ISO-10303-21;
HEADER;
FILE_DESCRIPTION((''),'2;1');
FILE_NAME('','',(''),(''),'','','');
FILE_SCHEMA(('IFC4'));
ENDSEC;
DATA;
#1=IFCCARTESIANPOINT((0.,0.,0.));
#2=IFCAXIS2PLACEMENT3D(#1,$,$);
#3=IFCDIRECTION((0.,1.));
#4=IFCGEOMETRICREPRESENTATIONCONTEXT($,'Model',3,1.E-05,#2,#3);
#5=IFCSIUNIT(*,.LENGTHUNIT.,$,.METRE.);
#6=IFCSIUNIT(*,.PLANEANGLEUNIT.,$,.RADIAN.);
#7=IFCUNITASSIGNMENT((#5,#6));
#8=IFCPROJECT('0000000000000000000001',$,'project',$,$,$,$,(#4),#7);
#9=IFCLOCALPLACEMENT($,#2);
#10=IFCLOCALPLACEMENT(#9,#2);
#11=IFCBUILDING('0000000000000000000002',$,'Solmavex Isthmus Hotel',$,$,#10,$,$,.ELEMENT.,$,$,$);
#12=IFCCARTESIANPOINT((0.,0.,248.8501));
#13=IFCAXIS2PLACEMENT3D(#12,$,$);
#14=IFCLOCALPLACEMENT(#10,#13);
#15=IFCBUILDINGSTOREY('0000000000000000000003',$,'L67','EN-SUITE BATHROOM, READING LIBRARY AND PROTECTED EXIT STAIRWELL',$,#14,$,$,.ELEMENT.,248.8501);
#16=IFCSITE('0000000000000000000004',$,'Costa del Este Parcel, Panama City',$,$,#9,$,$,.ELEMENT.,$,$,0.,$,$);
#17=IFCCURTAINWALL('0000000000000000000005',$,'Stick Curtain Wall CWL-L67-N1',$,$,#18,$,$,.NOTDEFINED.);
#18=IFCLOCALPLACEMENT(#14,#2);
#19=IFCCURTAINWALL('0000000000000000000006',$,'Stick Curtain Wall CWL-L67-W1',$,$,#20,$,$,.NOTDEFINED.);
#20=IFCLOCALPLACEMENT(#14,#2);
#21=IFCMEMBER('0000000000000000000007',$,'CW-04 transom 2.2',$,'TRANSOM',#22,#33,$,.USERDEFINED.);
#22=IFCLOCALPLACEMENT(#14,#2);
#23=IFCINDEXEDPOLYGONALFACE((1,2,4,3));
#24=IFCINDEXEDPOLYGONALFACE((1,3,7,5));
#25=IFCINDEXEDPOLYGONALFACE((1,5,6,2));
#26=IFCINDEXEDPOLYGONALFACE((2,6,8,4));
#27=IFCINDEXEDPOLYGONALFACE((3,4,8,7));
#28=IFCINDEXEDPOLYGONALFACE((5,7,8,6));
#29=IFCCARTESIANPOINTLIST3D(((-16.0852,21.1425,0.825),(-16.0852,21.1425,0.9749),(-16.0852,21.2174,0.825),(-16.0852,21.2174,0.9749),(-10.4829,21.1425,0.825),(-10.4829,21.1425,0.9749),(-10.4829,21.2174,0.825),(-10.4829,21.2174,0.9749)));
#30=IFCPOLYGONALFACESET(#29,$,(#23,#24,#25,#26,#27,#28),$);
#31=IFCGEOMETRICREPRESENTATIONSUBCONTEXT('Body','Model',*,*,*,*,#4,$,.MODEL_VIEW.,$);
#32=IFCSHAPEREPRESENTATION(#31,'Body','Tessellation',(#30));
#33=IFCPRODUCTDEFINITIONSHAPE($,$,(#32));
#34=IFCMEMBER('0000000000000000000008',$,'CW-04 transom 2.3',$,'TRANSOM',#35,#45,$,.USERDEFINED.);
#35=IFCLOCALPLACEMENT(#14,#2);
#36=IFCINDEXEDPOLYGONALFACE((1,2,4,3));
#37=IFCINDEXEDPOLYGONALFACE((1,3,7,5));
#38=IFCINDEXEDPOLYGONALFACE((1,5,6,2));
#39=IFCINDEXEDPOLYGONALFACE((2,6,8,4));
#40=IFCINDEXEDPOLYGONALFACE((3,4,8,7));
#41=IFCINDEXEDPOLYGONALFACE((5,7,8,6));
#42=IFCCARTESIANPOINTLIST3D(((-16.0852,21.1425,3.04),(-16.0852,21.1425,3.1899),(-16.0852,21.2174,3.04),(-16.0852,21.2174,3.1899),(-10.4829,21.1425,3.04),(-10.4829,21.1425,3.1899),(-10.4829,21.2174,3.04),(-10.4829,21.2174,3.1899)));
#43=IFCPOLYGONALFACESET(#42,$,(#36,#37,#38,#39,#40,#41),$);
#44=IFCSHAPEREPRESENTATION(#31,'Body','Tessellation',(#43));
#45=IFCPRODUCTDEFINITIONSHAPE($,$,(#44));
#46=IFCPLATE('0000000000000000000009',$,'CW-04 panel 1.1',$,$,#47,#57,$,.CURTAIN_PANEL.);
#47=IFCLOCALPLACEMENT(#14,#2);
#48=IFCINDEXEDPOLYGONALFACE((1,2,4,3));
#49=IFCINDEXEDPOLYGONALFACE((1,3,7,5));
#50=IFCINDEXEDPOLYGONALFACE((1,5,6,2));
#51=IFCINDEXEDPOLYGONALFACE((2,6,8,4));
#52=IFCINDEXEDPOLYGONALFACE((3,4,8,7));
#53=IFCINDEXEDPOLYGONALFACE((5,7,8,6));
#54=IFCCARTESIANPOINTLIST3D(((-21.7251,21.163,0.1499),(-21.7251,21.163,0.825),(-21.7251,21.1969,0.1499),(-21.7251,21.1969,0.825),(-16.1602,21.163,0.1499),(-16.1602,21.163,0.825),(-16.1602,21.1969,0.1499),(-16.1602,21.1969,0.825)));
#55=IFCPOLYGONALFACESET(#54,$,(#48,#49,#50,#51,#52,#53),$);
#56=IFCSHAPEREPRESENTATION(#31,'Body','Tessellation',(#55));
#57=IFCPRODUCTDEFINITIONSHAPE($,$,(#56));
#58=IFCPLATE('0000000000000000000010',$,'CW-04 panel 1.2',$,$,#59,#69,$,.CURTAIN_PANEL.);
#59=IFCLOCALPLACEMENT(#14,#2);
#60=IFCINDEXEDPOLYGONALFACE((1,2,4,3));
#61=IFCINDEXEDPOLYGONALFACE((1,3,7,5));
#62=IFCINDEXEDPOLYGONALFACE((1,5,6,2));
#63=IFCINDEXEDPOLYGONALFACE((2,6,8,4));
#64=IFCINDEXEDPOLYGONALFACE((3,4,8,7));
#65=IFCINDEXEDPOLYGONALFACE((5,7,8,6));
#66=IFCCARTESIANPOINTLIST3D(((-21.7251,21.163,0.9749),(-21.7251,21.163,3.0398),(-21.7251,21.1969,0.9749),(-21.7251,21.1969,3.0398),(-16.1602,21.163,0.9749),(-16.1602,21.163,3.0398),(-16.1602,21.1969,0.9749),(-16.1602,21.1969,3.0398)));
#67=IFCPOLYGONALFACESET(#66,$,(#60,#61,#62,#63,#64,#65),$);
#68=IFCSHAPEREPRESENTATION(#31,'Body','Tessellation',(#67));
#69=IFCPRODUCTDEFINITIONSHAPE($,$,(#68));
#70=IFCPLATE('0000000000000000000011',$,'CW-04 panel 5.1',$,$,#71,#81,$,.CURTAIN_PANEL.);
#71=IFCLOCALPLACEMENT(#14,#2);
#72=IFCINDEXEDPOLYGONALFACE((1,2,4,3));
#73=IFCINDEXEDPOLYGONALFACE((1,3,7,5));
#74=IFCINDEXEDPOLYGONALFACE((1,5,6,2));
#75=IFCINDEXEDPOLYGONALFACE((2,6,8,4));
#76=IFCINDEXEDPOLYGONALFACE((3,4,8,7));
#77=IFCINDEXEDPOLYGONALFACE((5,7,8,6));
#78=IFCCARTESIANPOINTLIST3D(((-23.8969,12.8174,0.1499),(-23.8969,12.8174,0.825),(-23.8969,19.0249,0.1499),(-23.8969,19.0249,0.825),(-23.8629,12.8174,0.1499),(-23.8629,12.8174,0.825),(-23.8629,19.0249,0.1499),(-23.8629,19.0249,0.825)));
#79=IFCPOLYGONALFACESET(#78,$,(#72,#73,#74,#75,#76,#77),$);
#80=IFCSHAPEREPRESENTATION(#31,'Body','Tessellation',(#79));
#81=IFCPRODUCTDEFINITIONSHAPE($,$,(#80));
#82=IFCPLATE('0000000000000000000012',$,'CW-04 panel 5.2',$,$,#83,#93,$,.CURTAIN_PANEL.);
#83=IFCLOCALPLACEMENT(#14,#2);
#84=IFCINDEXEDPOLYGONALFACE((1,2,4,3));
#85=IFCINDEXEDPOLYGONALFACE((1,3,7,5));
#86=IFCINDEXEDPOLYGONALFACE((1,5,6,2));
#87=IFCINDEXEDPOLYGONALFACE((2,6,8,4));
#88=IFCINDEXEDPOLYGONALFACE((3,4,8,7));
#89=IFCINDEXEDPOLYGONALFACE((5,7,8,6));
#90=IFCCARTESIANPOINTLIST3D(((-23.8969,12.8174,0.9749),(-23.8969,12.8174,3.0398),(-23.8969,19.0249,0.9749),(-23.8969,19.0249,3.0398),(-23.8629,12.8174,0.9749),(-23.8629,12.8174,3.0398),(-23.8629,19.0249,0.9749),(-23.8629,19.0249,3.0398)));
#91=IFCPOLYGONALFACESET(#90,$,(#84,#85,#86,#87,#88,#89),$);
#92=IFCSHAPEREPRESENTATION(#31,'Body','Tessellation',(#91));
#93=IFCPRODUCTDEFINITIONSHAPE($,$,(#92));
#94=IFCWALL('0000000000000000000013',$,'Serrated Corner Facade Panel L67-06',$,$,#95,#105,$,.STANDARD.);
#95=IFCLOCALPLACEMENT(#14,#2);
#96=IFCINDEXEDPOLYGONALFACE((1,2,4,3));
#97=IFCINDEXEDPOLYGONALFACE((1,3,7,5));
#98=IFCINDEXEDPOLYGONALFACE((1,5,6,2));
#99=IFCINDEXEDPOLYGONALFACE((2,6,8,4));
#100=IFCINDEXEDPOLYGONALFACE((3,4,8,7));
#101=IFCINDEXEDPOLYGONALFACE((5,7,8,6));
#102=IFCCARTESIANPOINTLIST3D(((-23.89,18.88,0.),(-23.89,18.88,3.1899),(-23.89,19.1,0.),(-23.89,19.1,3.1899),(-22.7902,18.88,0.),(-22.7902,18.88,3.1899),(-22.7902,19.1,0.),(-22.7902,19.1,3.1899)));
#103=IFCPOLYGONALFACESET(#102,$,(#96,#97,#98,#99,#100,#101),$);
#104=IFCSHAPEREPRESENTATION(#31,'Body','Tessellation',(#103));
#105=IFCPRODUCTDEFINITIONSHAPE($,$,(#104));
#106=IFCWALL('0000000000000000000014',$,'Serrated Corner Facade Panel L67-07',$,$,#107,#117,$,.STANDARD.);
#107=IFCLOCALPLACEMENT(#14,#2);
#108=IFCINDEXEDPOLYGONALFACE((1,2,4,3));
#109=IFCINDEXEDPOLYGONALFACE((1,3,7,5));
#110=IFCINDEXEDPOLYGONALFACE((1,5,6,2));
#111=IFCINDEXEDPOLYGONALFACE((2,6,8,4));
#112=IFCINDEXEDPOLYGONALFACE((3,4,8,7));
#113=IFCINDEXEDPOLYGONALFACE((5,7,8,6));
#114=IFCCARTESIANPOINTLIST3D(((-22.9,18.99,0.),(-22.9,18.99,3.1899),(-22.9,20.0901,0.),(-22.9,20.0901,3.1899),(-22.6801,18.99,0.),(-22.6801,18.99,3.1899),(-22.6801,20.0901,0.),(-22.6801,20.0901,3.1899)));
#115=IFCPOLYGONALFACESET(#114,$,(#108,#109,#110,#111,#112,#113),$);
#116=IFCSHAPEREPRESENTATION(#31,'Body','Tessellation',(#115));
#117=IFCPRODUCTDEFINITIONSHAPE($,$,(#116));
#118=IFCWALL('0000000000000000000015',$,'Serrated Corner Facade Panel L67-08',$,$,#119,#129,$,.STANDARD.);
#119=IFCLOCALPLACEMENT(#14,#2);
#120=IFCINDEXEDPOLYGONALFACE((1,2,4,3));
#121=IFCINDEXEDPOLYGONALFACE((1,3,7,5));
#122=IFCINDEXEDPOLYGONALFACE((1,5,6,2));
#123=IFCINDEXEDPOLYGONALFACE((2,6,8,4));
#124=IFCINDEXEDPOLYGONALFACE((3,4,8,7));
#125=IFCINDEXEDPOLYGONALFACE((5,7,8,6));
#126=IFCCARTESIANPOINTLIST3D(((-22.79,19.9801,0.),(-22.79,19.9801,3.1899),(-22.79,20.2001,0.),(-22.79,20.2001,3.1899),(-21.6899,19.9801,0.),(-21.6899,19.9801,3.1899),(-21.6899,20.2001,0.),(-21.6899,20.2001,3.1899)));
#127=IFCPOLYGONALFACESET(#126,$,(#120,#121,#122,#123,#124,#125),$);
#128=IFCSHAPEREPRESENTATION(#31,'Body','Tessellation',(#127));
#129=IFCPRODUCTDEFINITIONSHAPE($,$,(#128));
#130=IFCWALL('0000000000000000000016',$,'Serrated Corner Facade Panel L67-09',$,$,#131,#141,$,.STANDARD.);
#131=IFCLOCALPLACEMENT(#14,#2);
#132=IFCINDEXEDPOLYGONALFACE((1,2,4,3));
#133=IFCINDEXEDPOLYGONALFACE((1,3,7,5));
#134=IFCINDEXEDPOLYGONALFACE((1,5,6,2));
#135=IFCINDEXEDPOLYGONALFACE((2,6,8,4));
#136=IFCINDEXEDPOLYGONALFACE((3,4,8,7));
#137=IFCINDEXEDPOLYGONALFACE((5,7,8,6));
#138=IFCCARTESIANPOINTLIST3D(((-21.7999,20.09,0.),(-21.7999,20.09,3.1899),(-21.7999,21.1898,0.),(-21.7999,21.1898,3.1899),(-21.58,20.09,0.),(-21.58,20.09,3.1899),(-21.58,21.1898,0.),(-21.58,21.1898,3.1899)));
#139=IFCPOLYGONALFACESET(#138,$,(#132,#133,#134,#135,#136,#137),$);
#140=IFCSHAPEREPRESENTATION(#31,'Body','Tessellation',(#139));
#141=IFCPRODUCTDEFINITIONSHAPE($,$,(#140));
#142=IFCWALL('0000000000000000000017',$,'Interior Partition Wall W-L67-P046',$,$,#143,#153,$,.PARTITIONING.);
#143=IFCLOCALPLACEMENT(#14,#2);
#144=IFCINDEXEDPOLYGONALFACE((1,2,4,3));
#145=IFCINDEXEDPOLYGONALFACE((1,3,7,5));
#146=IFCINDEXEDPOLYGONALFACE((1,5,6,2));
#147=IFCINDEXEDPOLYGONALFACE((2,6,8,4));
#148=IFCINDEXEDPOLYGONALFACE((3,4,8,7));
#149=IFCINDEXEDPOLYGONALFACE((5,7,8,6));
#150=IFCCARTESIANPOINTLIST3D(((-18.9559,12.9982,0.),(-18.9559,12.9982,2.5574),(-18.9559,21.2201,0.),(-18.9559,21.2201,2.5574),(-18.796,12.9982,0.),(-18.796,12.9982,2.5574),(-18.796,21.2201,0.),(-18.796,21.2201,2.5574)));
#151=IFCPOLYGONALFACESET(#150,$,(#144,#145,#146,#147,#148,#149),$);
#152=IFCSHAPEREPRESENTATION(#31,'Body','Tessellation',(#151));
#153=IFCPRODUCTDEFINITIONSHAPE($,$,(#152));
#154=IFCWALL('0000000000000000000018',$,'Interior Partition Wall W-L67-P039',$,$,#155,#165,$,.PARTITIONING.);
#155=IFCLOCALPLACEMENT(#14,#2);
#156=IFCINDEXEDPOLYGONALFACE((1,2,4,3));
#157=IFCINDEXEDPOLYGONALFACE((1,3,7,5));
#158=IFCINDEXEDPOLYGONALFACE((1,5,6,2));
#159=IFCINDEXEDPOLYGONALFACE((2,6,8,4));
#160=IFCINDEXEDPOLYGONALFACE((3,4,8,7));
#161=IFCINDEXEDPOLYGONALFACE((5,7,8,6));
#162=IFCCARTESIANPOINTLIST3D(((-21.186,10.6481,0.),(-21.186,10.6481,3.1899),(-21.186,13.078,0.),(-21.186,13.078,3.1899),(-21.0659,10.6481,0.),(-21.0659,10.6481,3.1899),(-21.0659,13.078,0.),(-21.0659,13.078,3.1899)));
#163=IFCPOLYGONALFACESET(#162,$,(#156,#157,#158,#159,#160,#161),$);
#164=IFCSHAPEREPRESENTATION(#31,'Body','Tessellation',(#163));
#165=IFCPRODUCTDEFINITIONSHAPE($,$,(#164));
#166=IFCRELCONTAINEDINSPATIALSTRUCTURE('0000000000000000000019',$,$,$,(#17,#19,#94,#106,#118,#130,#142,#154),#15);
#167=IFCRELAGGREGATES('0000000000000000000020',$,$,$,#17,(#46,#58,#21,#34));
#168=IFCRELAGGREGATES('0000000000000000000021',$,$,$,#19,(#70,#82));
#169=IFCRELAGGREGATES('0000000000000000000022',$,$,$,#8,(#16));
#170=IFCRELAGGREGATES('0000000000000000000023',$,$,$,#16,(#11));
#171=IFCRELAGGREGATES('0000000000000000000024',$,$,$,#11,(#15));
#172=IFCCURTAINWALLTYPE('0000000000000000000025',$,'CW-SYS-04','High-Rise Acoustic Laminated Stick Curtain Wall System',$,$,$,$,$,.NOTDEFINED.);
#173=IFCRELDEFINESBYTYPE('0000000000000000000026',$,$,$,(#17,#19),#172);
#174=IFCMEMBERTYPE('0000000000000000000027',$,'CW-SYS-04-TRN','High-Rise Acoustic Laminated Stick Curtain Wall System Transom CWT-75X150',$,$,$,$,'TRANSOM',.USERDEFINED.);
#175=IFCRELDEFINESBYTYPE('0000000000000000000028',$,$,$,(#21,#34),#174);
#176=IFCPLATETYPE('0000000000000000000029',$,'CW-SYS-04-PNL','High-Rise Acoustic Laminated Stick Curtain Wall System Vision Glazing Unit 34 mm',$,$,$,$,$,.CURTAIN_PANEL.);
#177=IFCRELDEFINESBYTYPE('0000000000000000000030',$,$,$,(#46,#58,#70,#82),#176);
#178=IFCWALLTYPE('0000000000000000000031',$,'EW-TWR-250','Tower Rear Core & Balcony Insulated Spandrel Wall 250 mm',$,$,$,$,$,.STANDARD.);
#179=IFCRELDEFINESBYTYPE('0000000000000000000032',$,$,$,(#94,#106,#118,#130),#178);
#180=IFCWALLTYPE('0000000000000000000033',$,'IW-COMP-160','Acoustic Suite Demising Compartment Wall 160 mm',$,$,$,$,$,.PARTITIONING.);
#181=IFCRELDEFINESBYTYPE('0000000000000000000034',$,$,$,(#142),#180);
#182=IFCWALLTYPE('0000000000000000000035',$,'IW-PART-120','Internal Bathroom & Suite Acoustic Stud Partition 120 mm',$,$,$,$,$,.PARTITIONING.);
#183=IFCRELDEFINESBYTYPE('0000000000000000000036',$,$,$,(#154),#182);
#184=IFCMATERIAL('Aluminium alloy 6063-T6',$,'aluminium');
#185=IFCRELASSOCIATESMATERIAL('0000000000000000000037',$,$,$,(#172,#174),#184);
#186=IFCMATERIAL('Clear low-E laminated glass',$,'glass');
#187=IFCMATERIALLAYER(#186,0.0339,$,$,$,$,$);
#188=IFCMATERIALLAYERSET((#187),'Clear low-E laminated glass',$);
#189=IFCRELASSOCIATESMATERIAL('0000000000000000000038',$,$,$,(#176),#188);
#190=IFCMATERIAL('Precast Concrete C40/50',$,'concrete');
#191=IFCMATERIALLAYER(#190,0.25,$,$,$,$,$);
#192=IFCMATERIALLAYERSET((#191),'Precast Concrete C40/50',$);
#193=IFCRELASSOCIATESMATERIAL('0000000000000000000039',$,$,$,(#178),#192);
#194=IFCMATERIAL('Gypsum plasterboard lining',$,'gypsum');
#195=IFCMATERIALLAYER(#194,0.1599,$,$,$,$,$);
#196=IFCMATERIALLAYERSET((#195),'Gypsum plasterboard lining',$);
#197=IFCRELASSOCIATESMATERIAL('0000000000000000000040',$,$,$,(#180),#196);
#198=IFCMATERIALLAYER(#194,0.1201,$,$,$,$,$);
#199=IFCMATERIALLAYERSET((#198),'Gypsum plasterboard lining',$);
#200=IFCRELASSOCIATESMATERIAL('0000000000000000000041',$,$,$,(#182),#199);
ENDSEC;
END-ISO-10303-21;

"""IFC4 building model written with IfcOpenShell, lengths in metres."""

from ifc_helpers import new_model, si_unit, direction, frame, frame_2d, origin, origin_2d, place, context, subcontext, project, spatial, rectangle, extrude, material, layer, layer_set, material_profile, profile_set, type_object, element, aggregate, save


model = new_model("IFC4")

# Units and contexts
model_context = context("Model", 3, precision=1e-05, world=origin(), true_north=direction((0.0, 1.0)))
body_context = subcontext(model_context, "Body", "Model", "MODEL_VIEW")
ifc_project = project(units=[si_unit("LENGTHUNIT", "METRE"), si_unit("PLANEANGLEUNIT", "RADIAN")], contexts=[model_context])

# Site, building, storey
site_placement = place(None, origin())
site = spatial("IfcSite", under=ifc_project, at=site_placement, Name="Costa del Este Parcel, Panama City", CompositionType="ELEMENT", RefElevation=0.0)
building_placement = place(site_placement, origin())
building = spatial("IfcBuilding", under=site, at=building_placement, Name="Solmavex Isthmus Hotel", CompositionType="ELEMENT")
storey_placement = place(building_placement, frame((0.0, 0.0, 248.8501)))
storey = spatial("IfcBuildingStorey", under=building, at=storey_placement, Name="L67", Description="EN-SUITE BATHROOM, READING LIBRARY AND PROTECTED EXIT STAIRWELL", CompositionType="ELEMENT", Elevation=248.8501)

# Curtain wall
ifc_material_1 = material(Name="Aluminium alloy 6063-T6", Category="aluminium")
curtain_wall_type = type_object("IfcCurtainWallType", Name="CW-SYS-04", Description="High-Rise Acoustic Laminated Stick Curtain Wall System", PredefinedType="NOTDEFINED", material=ifc_material_1)
curtain_wall_1_placement = place(storey_placement, origin())
curtain_wall_1 = element("IfcCurtainWall", 1, at=curtain_wall_1_placement, inside=storey, type_object=curtain_wall_type, Name="Stick Curtain Wall CWL-L67-N1", PredefinedType="NOTDEFINED")

# Curtain wall
curtain_wall_2_placement = place(storey_placement, origin())
curtain_wall_2 = element("IfcCurtainWall", 2, at=curtain_wall_2_placement, inside=storey, type_object=curtain_wall_type, Name="Stick Curtain Wall CWL-L67-W1", PredefinedType="NOTDEFINED")

# Members
ifc_material_profile_1 = material_profile(ifc_material_1, rectangle(XDim=0.075, YDim=0.1499, at=origin_2d()), Name="CWT-75X150")
ifc_profile_set_1 = profile_set([ifc_material_profile_1], Name="Aluminium alloy 6063-T6")
member_type_1 = type_object("IfcMemberType", Name="CW-SYS-04-TRN", Description="High-Rise Acoustic Laminated Stick Curtain Wall System Transom CWT-75X150", ElementType="TRANSOM", PredefinedType="USERDEFINED", material=ifc_profile_set_1)
member_1_placement = place(storey_placement, frame((-16.0852, 21.1799, 0.8999), z_axis=(1.0, 0.0, 0.0), x_axis=(0.0, 1.0, 0.0)))
member_1 = element("IfcMember", 3, at=member_1_placement, type_object=member_type_1, Name="CW-04 transom 2.2", ObjectType="TRANSOM", PredefinedType="USERDEFINED", context=body_context, shape_type="SweptSolid", body=[
    extrude(rectangle(XDim=0.075, YDim=0.1499, at=origin_2d()), origin(), (0.0, 0.0, 1.0), 5.6023),
])
member_2_placement = place(storey_placement, frame((-16.0852, 21.1799, 3.115), z_axis=(1.0, 0.0, 0.0), x_axis=(0.0, 1.0, 0.0)))
member_2 = element("IfcMember", 4, at=member_2_placement, type_object=member_type_1, Name="CW-04 transom 2.3", ObjectType="TRANSOM", PredefinedType="USERDEFINED", context=body_context, shape_type="SweptSolid", body=[
    extrude(rectangle(XDim=0.075, YDim=0.1499, at=origin_2d()), origin(), (0.0, 0.0, 1.0), 5.6023),
])

# Plates
ifc_material_2 = material(Name="Clear low-E laminated glass", Category="glass")
ifc_layer_1 = layer(ifc_material_2, 0.0339)
ifc_layer_set_1 = layer_set([ifc_layer_1], Name="Clear low-E laminated glass")
plate_type = type_object("IfcPlateType", Name="CW-SYS-04-PNL", Description="High-Rise Acoustic Laminated Stick Curtain Wall System Vision Glazing Unit 34 mm", PredefinedType="CURTAIN_PANEL", material=ifc_layer_set_1)
plate_1_placement = place(storey_placement, frame((-18.9426, 21.1799, 0.1499), z_axis=(0.0, 0.0, 1.0), x_axis=(1.0, 0.0, 0.0)))
plate_1 = element("IfcPlate", 5, at=plate_1_placement, type_object=plate_type, Name="CW-04 panel 1.1", PredefinedType="CURTAIN_PANEL", context=body_context, shape_type="SweptSolid", body=[
    extrude(rectangle(XDim=5.5649, YDim=0.0339, at=origin_2d()), origin(), (0.0, 0.0, 1.0), 0.675),
])
plate_2_placement = place(storey_placement, frame((-18.9426, 21.1799, 0.9749), z_axis=(0.0, 0.0, 1.0), x_axis=(1.0, 0.0, 0.0)))
plate_2 = element("IfcPlate", 6, at=plate_2_placement, type_object=plate_type, Name="CW-04 panel 1.2", PredefinedType="CURTAIN_PANEL", context=body_context, shape_type="SweptSolid", body=[
    extrude(rectangle(XDim=5.5649, YDim=0.0339, at=origin_2d()), origin(), (0.0, 0.0, 1.0), 2.0649),
])
aggregate(curtain_wall_1, [plate_1, plate_2, member_1, member_2])
plate_3_placement = place(storey_placement, frame((-23.8799, 15.9211, 0.1499), z_axis=(0.0, 0.0, 1.0), x_axis=(0.0, 1.0, 0.0)))
plate_3 = element("IfcPlate", 7, at=plate_3_placement, type_object=plate_type, Name="CW-04 panel 5.1", PredefinedType="CURTAIN_PANEL", context=body_context, shape_type="SweptSolid", body=[
    extrude(rectangle(XDim=6.2075, YDim=0.0339, at=origin_2d()), origin(), (0.0, 0.0, 1.0), 0.675),
])
plate_4_placement = place(storey_placement, frame((-23.8799, 15.9211, 0.9749), z_axis=(0.0, 0.0, 1.0), x_axis=(0.0, 1.0, 0.0)))
plate_4 = element("IfcPlate", 8, at=plate_4_placement, type_object=plate_type, Name="CW-04 panel 5.2", PredefinedType="CURTAIN_PANEL", context=body_context, shape_type="SweptSolid", body=[
    extrude(rectangle(XDim=6.2075, YDim=0.0339, at=origin_2d()), origin(), (0.0, 0.0, 1.0), 2.0649),
])
aggregate(curtain_wall_2, [plate_3, plate_4])

# Walls
ifc_material_3 = material(Name="Precast Concrete C40/50", Category="concrete")
ifc_layer_2 = layer(ifc_material_3, 0.25)
ifc_layer_set_2 = layer_set([ifc_layer_2], Name="Precast Concrete C40/50")
wall_type_1 = type_object("IfcWallType", Name="EW-TWR-250", Description="Tower Rear Core & Balcony Insulated Spandrel Wall 250 mm", PredefinedType="STANDARD", material=ifc_layer_set_2)
wall_1_placement = place(storey_placement, frame((-23.8899, 18.99, 0.0), z_axis=(0.0, 0.0, 1.0), x_axis=(1.0, 0.0, 0.0)))
element("IfcWall", 9, at=wall_1_placement, inside=storey, type_object=wall_type_1, Name="Serrated Corner Facade Panel L67-06", PredefinedType="STANDARD", context=body_context, shape_type="SweptSolid", body=[
    extrude(rectangle(XDim=1.0999, YDim=0.22, at=frame_2d((0.5498, 0.0))), origin(), (0.0, 0.0, 1.0), 3.1899),
])
for number, where, z_axis, x_axis, name in (
    (10, (-22.79, 18.99, 0.0), (0.0, 0.0, 1.0), (0.0, 1.0, 0.0), "Serrated Corner Facade Panel L67-07"),
    (11, (-22.79, 20.0901, 0.0), (0.0, 0.0, 1.0), (1.0, 0.0, 0.0), "Serrated Corner Facade Panel L67-08"),
):
    element("IfcWall", number, at=place(storey_placement, frame(where, z_axis=z_axis, x_axis=x_axis)), inside=storey, type_object=wall_type_1, Name=name, PredefinedType="STANDARD", context=body_context, shape_type="SweptSolid", body=[
        extrude(rectangle(XDim=1.1001, YDim=0.22, at=frame_2d((0.55, 0.0))), origin(), (0.0, 0.0, 1.0), 3.1899),
    ])
wall_2_placement = place(storey_placement, frame((-21.6899, 20.0901, 0.0), z_axis=(0.0, 0.0, 1.0), x_axis=(0.0, 1.0, 0.0)))
element("IfcWall", 12, at=wall_2_placement, inside=storey, type_object=wall_type_1, Name="Serrated Corner Facade Panel L67-09", PredefinedType="STANDARD", context=body_context, shape_type="SweptSolid", body=[
    extrude(rectangle(XDim=1.0999, YDim=0.22, at=frame_2d((0.5498, 0.0))), origin(), (0.0, 0.0, 1.0), 3.1899),
])

# Shared definitions
ifc_material_4 = material(Name="Gypsum plasterboard lining", Category="gypsum")
ifc_layer_3 = layer(ifc_material_4, 0.1599)
ifc_layer_set_3 = layer_set([ifc_layer_3], Name="Gypsum plasterboard lining")
wall_type_2 = type_object("IfcWallType", Name="IW-COMP-160", Description="Acoustic Suite Demising Compartment Wall 160 mm", PredefinedType="PARTITIONING", material=ifc_layer_set_3)

# Walls
wall_3_placement = place(storey_placement, frame((-18.876, 21.22, 0.0), z_axis=(0.0, 0.0, 1.0), x_axis=(0.0, -1.0, 0.0)))
element("IfcWall", 13, at=wall_3_placement, inside=storey, type_object=wall_type_2, Name="Interior Partition Wall W-L67-P046", PredefinedType="PARTITIONING", context=body_context, shape_type="SweptSolid", body=[
    extrude(rectangle(XDim=8.2219, YDim=0.1599, at=frame_2d((4.1108, 0.0))), origin(), (0.0, 0.0, 1.0), 2.5574),
])
ifc_layer_4 = layer(ifc_material_4, 0.1201)
ifc_layer_set_4 = layer_set([ifc_layer_4], Name="Gypsum plasterboard lining")
wall_type_3 = type_object("IfcWallType", Name="IW-PART-120", Description="Internal Bathroom & Suite Acoustic Stud Partition 120 mm", PredefinedType="PARTITIONING", material=ifc_layer_set_4)
wall_4_placement = place(storey_placement, frame((-21.126, 13.0779, 0.0), z_axis=(0.0, 0.0, 1.0), x_axis=(0.0, -1.0, 0.0)))
element("IfcWall", 14, at=wall_4_placement, inside=storey, type_object=wall_type_3, Name="Interior Partition Wall W-L67-P039", PredefinedType="PARTITIONING", context=body_context, shape_type="SweptSolid", body=[
    extrude(rectangle(XDim=2.4299, YDim=0.1201, at=frame_2d((1.2148, 0.0))), origin(), (0.0, 0.0, 1.0), 3.1899),
])

save(model, "model.ifc")
